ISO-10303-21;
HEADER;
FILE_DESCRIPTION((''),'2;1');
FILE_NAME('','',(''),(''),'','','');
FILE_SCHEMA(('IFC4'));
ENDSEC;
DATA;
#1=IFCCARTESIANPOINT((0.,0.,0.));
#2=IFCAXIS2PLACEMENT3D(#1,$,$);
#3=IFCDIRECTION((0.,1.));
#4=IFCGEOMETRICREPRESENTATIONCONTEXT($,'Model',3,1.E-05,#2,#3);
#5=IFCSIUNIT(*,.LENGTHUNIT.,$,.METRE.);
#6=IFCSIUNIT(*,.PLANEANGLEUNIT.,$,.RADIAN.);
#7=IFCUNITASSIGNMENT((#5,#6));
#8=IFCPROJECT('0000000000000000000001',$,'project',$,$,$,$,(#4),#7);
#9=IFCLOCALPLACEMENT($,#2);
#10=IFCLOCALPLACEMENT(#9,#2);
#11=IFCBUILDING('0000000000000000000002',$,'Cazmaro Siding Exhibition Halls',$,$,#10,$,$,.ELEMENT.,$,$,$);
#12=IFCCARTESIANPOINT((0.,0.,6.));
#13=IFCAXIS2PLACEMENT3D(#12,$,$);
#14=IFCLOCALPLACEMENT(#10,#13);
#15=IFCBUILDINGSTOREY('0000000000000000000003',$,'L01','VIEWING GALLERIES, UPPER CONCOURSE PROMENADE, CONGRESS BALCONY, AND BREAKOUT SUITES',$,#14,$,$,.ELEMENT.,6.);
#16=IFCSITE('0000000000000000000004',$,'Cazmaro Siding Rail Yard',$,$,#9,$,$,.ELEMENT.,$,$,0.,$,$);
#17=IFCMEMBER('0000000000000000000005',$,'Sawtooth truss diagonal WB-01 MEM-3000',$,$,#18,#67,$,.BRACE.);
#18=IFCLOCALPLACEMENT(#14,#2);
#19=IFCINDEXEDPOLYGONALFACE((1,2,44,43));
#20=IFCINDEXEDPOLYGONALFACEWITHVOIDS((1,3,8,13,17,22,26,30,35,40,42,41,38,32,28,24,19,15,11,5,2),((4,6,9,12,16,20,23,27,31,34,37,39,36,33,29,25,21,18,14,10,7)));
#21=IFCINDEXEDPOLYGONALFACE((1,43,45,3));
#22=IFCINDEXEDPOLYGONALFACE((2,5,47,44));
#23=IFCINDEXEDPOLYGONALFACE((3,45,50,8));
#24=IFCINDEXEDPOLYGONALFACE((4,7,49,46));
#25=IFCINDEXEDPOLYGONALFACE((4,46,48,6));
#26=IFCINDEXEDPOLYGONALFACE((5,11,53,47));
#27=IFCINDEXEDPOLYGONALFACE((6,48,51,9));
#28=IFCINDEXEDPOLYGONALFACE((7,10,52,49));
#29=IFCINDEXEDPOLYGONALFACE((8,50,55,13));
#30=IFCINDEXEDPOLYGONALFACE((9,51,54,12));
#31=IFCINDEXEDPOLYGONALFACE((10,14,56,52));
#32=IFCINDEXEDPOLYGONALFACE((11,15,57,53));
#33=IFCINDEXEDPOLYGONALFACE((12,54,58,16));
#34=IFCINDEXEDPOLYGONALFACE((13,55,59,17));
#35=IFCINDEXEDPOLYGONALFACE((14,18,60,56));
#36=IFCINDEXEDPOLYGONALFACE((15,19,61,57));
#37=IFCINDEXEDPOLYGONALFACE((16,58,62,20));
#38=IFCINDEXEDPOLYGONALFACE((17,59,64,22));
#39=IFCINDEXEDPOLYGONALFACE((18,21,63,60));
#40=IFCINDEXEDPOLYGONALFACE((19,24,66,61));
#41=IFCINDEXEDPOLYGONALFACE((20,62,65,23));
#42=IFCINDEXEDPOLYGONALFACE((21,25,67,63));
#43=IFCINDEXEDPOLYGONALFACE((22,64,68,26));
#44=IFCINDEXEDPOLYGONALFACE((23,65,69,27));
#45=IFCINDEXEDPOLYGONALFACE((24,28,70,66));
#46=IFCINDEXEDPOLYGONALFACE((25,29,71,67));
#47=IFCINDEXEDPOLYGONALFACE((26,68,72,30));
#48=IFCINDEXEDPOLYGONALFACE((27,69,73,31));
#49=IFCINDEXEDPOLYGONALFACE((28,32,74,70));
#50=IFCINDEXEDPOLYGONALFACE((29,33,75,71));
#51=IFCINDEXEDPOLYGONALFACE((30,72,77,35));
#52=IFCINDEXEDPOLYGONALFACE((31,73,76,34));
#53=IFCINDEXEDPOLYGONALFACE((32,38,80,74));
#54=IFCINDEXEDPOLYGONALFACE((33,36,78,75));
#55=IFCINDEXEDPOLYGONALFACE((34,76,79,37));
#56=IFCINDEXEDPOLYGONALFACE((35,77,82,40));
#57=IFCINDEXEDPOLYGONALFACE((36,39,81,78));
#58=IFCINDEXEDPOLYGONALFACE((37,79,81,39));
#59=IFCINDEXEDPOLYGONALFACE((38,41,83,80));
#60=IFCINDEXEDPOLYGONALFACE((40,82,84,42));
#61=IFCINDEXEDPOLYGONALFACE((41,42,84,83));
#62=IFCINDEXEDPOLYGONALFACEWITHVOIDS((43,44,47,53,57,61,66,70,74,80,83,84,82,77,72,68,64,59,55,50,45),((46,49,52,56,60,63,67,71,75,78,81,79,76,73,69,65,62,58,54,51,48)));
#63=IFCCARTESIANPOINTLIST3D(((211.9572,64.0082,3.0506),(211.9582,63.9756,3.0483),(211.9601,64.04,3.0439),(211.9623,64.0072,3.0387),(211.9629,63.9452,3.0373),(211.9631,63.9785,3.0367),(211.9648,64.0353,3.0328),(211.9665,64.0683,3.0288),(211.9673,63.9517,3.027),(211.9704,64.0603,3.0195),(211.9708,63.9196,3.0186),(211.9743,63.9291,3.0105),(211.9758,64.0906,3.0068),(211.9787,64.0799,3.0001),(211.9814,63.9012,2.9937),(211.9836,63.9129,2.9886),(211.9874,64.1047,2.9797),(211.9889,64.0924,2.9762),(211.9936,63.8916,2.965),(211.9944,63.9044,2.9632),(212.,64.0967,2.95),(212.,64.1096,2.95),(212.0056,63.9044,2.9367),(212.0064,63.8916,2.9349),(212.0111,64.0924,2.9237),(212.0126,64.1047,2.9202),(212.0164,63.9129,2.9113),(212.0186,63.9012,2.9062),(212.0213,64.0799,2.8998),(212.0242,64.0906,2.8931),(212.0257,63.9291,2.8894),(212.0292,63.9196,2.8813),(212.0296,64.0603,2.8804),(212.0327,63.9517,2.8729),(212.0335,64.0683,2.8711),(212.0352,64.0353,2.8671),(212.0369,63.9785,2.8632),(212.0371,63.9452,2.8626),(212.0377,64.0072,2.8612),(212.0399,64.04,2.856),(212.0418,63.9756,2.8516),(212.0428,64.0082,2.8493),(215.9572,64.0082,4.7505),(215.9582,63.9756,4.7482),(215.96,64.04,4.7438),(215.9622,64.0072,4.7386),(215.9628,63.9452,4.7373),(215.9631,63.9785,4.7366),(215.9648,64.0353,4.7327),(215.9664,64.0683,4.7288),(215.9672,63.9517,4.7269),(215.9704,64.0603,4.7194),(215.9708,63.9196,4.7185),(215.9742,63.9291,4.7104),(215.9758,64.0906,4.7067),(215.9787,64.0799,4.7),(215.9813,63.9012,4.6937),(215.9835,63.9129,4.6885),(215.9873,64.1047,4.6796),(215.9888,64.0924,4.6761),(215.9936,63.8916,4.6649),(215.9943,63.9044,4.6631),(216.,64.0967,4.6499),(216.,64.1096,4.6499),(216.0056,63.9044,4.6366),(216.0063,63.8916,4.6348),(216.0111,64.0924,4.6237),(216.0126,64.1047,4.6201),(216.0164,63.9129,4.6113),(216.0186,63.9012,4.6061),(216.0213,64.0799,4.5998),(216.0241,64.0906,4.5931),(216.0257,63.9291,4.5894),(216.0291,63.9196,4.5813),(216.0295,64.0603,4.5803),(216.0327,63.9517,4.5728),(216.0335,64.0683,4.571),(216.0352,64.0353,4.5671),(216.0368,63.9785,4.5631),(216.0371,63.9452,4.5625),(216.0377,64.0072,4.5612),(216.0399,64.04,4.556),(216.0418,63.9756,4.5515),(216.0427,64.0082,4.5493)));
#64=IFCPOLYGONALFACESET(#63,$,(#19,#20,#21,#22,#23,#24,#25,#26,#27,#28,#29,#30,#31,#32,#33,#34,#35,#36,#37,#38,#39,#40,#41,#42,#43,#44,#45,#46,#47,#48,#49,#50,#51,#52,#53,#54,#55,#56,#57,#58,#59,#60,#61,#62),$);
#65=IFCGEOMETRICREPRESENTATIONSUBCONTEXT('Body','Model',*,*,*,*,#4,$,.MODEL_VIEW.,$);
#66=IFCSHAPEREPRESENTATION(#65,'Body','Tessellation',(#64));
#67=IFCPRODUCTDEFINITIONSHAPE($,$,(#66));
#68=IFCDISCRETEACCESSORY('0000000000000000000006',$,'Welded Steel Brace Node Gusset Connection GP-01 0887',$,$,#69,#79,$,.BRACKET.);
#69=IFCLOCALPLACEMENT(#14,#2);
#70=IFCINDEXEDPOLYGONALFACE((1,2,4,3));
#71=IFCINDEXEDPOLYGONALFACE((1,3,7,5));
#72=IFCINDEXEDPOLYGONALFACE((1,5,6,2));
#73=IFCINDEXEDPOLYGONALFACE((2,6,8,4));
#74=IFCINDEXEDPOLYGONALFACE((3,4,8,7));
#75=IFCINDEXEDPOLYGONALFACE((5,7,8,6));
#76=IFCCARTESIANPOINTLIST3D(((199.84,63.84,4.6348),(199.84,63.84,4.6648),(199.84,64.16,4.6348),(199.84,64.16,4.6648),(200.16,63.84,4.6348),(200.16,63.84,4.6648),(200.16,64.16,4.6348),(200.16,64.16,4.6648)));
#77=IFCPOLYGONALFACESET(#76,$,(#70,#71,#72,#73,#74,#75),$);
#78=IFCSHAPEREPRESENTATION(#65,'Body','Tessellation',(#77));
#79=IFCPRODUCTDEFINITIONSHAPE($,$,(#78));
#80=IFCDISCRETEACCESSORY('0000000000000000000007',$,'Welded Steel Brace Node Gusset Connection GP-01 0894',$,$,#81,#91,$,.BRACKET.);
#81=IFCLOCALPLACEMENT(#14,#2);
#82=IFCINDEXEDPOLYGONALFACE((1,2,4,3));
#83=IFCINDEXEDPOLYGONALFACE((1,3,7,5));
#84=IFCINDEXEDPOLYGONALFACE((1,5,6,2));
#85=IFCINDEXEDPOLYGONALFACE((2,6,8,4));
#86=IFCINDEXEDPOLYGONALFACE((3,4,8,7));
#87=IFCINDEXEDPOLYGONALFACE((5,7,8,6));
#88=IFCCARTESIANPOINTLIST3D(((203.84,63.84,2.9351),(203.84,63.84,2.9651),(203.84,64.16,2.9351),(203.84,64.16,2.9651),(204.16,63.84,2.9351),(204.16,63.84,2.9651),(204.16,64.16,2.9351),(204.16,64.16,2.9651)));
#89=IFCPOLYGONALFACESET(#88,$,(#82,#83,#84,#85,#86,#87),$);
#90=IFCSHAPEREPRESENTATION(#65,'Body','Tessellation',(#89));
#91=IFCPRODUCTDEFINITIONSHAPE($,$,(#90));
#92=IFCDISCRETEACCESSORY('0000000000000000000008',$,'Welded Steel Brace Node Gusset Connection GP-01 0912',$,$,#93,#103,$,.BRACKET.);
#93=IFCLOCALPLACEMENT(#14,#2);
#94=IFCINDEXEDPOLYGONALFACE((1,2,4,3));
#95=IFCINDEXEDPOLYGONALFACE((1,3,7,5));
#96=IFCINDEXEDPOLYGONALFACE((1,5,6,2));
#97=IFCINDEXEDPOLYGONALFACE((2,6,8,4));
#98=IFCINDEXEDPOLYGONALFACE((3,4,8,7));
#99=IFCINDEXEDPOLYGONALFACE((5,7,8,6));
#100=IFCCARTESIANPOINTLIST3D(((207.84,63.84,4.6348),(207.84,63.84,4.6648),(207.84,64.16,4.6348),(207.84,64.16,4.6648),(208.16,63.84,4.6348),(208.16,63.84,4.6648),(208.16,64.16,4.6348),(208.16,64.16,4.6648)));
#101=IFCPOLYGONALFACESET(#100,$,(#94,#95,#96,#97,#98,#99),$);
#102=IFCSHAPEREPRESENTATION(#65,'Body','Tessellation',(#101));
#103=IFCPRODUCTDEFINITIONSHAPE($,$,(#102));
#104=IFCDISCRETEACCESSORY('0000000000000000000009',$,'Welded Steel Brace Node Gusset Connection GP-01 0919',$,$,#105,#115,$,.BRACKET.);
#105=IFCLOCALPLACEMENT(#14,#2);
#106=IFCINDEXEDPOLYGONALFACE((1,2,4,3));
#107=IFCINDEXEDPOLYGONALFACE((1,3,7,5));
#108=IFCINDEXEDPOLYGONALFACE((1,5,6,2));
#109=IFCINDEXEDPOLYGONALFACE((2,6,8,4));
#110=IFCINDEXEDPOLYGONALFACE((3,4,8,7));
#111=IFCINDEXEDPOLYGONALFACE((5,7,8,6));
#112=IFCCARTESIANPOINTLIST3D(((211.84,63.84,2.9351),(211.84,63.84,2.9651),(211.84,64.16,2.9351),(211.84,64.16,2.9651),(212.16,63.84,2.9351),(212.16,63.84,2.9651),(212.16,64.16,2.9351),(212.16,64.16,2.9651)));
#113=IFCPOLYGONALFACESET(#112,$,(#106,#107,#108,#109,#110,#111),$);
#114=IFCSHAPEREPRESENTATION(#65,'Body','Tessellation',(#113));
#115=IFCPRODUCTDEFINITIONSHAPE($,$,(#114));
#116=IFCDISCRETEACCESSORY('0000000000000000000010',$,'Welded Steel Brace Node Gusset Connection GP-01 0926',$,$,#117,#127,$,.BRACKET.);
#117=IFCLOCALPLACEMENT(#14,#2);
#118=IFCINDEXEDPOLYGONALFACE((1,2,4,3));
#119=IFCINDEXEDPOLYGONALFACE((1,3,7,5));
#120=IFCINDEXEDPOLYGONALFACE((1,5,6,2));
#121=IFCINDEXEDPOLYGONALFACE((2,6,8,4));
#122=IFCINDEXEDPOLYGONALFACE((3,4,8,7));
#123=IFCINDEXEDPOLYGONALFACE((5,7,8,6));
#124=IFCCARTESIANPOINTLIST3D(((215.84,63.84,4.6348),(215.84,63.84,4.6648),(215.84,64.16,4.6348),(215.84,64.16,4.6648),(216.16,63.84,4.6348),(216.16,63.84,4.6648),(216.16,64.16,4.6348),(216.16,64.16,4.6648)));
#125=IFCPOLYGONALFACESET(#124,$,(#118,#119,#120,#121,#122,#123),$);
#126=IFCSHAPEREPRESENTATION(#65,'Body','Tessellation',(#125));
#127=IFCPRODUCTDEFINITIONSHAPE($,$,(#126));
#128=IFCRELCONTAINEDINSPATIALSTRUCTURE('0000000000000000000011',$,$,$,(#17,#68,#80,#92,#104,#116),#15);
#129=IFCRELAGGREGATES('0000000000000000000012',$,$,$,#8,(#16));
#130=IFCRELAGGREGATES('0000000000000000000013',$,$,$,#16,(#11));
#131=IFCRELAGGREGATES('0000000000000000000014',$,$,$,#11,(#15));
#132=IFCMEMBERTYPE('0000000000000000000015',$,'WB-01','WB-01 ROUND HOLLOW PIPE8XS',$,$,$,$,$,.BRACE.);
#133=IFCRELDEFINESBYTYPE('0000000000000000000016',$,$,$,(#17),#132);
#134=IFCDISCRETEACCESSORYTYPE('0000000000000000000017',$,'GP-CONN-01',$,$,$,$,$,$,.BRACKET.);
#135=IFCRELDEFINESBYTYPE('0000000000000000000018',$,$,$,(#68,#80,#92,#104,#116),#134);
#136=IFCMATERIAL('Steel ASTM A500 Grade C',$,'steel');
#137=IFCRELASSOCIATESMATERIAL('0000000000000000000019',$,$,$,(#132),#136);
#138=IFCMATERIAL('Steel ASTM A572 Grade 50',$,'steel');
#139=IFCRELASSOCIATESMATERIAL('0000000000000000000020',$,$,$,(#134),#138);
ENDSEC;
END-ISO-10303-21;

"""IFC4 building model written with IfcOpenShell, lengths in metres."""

from ifc_helpers import new_model, si_unit, direction, frame, origin, origin_2d, place, context, subcontext, project, spatial, rectangle, hollow_circle, extrude, material, material_profile, profile_set, type_object, element, save


model = new_model("IFC4")

# Units and contexts
model_context = context("Model", 3, precision=1e-05, world=origin(), true_north=direction((0.0, 1.0)))
body_context = subcontext(model_context, "Body", "Model", "MODEL_VIEW")
ifc_project = project(units=[si_unit("LENGTHUNIT", "METRE"), si_unit("PLANEANGLEUNIT", "RADIAN")], contexts=[model_context])

# Site, building, storey
site_placement = place(None, origin())
site = spatial("IfcSite", under=ifc_project, at=site_placement, Name="Cazmaro Siding Rail Yard", CompositionType="ELEMENT", RefElevation=0.0)
building_placement = place(site_placement, origin())
building = spatial("IfcBuilding", under=site, at=building_placement, Name="Cazmaro Siding Exhibition Halls", CompositionType="ELEMENT")
storey_placement = place(building_placement, frame((0.0, 0.0, 6.0)))
storey = spatial("IfcBuildingStorey", under=building, at=storey_placement, Name="L01", Description="VIEWING GALLERIES, UPPER CONCOURSE PROMENADE, CONGRESS BALCONY, AND BREAKOUT SUITES", CompositionType="ELEMENT", Elevation=6.0)

# Member
ifc_material_1 = material(Name="Steel ASTM A500 Grade C", Category="steel")
ifc_material_profile_1 = material_profile(ifc_material_1, hollow_circle(Radius=0.1096, WallThickness=0.0129, at=origin_2d()), Name="PIPE8XS")
ifc_profile_set_1 = profile_set([ifc_material_profile_1], Name="Steel ASTM A500 Grade C")
member_type_1 = type_object("IfcMemberType", Name="WB-01", Description="WB-01 ROUND HOLLOW PIPE8XS", PredefinedType="BRACE", material=ifc_profile_set_1)
for number, where, z_axis, x_axis, name in (
    (1, (212.0, 64.0, 2.95), (0.920335, 0.0, 0.391131), (0.0, 1.0, 0.0), "Sawtooth truss diagonal WB-01 MEM-3000"),
):
    element("IfcMember", number, at=place(storey_placement, frame(where, z_axis=z_axis, x_axis=x_axis)), inside=storey, type_object=member_type_1, Name=name, PredefinedType="BRACE", context=body_context, shape_type="SweptSolid", body=[
        extrude(hollow_circle(Radius=0.1096, WallThickness=0.0129, at=origin_2d()), origin(), (0.0, 0.0, 1.0), 4.3462),
    ])

# Discrete accessories
ifc_material_2 = material(Name="Steel ASTM A572 Grade 50", Category="steel")
discrete_accessory_type = type_object("IfcDiscreteAccessoryType", Name="GP-CONN-01", PredefinedType="BRACKET", material=ifc_material_2)
for number, where, z_axis, x_axis, name in (
    (2, (200.0, 64.0, 4.6348), (0.0, 0.0, 1.0), (1.0, 0.0, 0.0), "Welded Steel Brace Node Gusset Connection GP-01 0887"),
    (3, (204.0, 64.0, 2.9351), (0.0, 0.0, 1.0), (1.0, 0.0, 0.0), "Welded Steel Brace Node Gusset Connection GP-01 0894"),
    (4, (208.0, 64.0, 4.6348), (0.0, 0.0, 1.0), (1.0, 0.0, 0.0), "Welded Steel Brace Node Gusset Connection GP-01 0912"),
    (5, (212.0, 64.0, 2.9351), (0.0, 0.0, 1.0), (1.0, 0.0, 0.0), "Welded Steel Brace Node Gusset Connection GP-01 0919"),
    (6, (216.0, 64.0, 4.6348), (0.0, 0.0, 1.0), (1.0, 0.0, 0.0), "Welded Steel Brace Node Gusset Connection GP-01 0926"),
):
    element("IfcDiscreteAccessory", number, at=place(storey_placement, frame(where, z_axis=z_axis, x_axis=x_axis)), inside=storey, type_object=discrete_accessory_type, Name=name, PredefinedType="BRACKET", context=body_context, shape_type="SweptSolid", body=[
        extrude(rectangle(XDim=0.3201, YDim=0.3201, at=origin_2d()), origin(), (0.0, 0.0, 1.0), 0.03),
    ])

save(model, "model.ifc")
